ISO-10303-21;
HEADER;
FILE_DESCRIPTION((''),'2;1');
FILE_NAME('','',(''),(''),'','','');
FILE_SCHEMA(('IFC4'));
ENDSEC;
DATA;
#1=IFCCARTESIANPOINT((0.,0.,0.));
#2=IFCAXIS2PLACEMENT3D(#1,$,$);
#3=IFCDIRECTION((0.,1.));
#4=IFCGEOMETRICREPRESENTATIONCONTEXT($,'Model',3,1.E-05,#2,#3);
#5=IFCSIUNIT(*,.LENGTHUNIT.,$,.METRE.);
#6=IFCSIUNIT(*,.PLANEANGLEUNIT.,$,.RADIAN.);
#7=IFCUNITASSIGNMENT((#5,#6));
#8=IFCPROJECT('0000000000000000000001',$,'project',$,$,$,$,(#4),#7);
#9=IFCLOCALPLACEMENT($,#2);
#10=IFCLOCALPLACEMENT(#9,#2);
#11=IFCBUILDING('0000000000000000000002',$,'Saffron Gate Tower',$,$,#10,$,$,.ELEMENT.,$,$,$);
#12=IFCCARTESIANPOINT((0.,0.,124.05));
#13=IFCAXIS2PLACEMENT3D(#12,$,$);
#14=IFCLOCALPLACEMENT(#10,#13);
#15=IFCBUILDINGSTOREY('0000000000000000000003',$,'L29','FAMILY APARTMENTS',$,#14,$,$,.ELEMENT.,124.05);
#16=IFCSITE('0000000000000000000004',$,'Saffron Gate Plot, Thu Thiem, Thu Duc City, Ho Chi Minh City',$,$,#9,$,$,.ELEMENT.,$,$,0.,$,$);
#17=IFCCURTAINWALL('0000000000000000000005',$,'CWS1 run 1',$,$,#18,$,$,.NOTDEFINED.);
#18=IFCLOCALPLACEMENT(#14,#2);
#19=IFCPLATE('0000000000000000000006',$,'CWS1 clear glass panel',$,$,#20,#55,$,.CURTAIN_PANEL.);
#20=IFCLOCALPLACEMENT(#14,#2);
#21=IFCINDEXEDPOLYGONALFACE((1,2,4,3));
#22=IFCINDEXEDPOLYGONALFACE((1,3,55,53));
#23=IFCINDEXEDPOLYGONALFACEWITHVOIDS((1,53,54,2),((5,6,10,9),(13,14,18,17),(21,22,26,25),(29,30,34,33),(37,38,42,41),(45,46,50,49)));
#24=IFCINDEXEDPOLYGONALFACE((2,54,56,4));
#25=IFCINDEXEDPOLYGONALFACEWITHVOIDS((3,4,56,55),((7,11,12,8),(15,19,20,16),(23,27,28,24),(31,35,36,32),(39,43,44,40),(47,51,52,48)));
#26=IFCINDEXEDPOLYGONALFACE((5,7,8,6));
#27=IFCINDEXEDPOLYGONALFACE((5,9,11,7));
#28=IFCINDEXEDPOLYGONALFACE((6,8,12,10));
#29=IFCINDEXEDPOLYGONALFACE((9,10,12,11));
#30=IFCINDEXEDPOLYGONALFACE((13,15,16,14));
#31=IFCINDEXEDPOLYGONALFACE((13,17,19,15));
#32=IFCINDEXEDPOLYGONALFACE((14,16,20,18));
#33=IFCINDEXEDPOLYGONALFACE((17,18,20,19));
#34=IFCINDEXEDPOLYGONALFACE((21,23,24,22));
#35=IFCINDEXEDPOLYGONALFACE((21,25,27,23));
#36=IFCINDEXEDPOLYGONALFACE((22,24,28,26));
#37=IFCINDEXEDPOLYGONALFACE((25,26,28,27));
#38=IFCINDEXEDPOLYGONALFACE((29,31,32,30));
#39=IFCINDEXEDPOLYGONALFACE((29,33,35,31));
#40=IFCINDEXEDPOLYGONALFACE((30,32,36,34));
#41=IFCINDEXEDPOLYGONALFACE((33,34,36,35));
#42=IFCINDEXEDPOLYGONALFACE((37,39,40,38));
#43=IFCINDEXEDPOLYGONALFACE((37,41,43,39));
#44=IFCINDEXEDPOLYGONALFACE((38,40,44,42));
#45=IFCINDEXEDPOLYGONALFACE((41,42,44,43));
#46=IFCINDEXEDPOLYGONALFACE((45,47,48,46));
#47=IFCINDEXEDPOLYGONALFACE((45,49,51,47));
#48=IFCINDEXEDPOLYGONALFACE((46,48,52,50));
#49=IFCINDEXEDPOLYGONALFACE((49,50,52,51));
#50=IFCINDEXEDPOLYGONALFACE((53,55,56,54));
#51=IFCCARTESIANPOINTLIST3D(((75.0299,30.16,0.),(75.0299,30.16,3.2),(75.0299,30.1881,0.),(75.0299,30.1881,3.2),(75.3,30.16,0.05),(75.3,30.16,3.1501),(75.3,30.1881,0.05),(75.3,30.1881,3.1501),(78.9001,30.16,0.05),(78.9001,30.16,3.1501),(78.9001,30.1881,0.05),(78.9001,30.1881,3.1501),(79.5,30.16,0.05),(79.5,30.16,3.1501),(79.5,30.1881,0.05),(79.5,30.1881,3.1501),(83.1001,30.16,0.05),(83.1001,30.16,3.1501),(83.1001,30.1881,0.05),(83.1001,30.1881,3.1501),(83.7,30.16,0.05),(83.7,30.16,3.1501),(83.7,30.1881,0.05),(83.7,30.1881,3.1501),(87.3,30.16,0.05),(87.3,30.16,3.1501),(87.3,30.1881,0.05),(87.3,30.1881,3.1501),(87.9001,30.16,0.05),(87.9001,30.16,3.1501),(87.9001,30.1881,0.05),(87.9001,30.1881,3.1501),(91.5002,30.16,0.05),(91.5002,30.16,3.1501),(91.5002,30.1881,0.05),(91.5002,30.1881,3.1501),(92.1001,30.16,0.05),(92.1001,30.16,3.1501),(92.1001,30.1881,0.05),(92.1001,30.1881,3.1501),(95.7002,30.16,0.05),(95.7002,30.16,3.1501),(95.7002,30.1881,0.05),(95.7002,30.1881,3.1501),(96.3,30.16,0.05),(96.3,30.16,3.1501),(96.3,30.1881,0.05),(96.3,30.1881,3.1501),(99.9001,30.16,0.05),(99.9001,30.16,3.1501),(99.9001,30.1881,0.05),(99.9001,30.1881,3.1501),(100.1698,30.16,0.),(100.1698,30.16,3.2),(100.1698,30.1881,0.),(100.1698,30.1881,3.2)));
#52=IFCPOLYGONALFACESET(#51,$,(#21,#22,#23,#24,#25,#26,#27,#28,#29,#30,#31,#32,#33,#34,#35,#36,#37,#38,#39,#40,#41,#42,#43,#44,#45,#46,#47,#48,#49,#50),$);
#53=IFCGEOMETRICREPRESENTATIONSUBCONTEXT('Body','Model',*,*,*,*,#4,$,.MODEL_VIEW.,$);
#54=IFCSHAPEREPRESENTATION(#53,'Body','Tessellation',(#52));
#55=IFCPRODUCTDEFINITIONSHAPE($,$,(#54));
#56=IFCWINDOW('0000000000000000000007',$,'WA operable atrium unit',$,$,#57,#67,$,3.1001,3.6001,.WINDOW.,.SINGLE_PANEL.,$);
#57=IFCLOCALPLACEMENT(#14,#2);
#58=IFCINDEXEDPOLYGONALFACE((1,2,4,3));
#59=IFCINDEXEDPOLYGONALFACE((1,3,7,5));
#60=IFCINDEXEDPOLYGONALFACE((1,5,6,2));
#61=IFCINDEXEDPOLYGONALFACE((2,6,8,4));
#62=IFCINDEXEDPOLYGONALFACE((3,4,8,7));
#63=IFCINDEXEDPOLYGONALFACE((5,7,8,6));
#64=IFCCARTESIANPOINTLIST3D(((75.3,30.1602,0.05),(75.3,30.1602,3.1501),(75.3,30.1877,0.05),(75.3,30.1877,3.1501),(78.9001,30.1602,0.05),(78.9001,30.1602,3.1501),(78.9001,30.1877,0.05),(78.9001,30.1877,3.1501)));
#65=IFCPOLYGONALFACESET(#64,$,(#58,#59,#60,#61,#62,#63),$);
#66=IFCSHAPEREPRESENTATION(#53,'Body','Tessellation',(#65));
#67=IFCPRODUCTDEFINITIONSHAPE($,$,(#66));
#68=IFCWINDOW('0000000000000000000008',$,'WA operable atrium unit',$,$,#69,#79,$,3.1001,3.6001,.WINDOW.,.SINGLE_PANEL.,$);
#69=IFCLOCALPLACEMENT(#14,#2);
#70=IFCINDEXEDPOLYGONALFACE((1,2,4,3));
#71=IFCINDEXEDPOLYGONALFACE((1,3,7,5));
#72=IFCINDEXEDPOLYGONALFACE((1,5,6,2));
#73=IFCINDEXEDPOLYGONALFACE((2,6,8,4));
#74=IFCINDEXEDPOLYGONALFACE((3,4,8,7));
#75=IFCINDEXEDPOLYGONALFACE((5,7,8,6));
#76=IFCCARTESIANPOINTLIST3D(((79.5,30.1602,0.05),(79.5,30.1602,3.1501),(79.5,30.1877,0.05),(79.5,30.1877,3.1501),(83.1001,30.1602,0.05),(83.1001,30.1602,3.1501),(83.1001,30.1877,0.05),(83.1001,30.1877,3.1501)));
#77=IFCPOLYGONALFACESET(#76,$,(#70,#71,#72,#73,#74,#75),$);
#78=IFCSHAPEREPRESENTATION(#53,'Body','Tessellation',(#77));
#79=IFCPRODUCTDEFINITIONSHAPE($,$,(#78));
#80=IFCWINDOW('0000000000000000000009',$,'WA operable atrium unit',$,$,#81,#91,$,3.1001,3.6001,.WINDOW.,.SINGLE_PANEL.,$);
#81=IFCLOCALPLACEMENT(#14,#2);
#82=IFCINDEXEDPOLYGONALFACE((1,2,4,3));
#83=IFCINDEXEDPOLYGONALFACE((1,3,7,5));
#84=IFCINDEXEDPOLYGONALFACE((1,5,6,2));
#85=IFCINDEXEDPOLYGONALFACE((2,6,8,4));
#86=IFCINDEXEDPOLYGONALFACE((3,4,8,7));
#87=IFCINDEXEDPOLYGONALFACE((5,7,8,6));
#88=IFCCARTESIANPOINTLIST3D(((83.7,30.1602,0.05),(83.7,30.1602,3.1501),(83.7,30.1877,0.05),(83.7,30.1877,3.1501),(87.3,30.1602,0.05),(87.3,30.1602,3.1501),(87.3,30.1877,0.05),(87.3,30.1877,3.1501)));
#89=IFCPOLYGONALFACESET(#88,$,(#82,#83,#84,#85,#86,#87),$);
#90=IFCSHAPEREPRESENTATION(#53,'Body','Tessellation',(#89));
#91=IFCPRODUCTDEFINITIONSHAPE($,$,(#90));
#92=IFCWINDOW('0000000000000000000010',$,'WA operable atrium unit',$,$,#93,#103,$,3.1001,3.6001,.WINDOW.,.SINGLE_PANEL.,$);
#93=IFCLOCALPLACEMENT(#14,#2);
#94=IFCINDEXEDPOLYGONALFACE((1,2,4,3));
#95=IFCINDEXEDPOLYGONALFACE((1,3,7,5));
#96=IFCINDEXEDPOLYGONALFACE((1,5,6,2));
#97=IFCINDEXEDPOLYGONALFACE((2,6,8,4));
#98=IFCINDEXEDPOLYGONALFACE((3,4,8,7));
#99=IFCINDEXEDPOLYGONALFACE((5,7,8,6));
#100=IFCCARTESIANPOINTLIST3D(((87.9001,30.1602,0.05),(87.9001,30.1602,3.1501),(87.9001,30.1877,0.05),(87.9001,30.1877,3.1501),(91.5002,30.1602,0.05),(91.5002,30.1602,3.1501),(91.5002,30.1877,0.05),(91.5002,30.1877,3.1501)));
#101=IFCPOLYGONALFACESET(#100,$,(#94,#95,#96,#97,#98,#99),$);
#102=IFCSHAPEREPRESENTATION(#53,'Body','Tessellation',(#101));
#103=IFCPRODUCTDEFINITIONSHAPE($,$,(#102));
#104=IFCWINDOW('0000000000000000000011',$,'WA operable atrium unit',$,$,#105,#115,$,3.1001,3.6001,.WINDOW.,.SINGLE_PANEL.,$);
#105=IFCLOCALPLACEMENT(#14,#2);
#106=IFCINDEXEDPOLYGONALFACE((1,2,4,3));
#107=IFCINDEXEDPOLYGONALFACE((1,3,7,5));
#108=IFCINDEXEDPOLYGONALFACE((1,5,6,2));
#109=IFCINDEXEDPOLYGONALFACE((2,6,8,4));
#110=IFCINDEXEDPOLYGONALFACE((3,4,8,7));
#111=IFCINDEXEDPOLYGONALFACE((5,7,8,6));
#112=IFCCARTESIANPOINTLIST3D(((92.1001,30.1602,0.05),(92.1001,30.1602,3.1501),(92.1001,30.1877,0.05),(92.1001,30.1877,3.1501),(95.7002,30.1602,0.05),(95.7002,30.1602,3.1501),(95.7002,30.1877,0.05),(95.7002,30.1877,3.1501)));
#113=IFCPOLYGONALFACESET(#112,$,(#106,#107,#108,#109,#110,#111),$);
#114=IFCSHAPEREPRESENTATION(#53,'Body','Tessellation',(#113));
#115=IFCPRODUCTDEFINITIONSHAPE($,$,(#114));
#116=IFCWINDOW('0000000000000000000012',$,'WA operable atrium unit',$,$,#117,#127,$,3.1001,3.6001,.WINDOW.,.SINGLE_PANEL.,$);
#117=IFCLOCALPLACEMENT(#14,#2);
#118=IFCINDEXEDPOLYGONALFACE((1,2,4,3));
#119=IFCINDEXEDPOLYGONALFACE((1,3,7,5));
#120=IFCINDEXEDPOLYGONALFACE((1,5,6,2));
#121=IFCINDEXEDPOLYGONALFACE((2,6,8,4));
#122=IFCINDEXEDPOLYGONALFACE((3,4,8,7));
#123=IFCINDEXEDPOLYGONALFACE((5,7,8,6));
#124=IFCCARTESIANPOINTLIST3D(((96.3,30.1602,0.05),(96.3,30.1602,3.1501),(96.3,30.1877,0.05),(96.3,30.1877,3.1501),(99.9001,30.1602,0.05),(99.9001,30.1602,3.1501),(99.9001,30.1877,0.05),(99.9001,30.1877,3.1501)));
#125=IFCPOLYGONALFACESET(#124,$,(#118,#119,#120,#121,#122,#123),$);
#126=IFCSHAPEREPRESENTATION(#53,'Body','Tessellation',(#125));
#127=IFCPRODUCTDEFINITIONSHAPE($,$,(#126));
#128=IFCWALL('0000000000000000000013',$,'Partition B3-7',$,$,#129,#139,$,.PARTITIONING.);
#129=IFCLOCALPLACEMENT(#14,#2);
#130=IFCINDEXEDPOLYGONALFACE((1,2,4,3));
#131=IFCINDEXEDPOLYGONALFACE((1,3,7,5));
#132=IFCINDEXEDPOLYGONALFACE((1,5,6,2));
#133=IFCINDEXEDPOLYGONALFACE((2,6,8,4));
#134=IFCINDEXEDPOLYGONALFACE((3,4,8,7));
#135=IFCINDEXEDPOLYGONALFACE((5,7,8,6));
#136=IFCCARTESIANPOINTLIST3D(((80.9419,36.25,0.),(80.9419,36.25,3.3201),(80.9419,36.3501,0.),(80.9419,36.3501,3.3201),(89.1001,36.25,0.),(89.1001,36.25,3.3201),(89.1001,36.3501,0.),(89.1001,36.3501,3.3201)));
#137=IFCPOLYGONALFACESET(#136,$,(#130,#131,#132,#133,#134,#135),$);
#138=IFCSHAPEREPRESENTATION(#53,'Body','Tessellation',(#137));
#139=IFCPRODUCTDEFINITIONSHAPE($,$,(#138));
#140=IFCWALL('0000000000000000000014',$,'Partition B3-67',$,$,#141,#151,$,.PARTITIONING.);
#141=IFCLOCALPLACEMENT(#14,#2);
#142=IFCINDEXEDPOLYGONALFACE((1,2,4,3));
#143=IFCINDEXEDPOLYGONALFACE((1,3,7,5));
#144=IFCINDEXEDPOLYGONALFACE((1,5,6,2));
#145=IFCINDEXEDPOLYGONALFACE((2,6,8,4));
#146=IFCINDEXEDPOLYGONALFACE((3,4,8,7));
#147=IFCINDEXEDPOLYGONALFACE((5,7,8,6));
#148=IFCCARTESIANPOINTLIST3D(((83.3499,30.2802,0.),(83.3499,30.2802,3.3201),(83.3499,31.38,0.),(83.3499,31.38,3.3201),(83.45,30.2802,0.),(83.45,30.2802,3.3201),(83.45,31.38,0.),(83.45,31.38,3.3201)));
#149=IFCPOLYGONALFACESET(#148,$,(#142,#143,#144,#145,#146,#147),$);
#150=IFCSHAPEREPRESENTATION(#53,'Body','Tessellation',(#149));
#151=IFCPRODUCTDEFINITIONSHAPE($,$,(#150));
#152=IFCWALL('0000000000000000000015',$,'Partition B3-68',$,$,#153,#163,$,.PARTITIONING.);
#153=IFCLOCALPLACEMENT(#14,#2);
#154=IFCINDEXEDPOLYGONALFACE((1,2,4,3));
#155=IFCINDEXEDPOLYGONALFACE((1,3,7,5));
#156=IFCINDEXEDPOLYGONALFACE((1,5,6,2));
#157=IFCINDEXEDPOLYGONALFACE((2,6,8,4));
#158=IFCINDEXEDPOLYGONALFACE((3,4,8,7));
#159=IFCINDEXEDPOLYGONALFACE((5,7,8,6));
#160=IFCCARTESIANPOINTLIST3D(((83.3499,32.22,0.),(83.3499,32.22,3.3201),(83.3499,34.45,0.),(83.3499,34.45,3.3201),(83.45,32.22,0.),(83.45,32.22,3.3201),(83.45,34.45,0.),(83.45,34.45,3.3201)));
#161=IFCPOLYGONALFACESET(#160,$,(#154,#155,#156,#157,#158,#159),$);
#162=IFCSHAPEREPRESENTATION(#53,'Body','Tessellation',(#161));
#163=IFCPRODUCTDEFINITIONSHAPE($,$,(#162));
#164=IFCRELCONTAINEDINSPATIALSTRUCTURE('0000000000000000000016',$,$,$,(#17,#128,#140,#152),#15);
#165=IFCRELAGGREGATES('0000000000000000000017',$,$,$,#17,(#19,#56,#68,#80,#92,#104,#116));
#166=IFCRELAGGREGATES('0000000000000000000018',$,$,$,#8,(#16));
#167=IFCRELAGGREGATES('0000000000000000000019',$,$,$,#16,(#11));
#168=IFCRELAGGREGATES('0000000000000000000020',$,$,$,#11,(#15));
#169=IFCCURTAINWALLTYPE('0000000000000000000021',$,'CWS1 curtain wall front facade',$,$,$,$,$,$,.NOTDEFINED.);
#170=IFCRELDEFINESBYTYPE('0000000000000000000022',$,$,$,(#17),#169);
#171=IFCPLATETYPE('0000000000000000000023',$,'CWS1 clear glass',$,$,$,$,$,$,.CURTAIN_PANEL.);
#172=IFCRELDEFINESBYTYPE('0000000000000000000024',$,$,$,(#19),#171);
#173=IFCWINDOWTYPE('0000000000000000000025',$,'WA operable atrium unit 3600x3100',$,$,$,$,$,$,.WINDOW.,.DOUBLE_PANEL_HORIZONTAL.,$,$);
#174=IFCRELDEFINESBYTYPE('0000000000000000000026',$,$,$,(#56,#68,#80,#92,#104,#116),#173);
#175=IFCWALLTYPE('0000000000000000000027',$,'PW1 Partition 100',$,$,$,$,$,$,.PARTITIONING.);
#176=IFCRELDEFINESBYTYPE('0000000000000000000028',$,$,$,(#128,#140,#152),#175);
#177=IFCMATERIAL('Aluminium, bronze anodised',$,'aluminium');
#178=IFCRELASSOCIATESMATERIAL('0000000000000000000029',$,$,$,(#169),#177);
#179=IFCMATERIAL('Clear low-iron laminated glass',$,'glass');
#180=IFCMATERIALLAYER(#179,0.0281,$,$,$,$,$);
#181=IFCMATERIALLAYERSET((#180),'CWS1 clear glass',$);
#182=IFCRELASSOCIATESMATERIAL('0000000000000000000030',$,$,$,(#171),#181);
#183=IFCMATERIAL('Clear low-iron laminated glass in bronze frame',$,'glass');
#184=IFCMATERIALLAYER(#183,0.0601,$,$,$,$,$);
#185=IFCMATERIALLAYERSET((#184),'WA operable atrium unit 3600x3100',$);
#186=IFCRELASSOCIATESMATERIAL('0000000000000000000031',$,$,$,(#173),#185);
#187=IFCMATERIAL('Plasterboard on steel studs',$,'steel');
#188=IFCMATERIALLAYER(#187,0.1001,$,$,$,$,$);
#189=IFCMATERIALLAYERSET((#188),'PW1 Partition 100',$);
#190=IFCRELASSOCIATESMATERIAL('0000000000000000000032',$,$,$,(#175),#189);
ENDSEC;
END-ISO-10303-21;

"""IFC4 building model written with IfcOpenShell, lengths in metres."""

from ifc_helpers import new_model, si_unit, direction, frame, frame_2d, origin, place, context, subcontext, project, spatial, rectangle, extrude, material, layer, layer_set, type_object, element, fill, aggregate, save


model = new_model("IFC4")

# Units and contexts
model_context = context("Model", 3, precision=1e-05, world=origin(), true_north=direction((0.0, 1.0)))
body_context = subcontext(model_context, "Body", "Model", "MODEL_VIEW")
ifc_project = project(units=[si_unit("LENGTHUNIT", "METRE"), si_unit("PLANEANGLEUNIT", "RADIAN")], contexts=[model_context])

# Site, building, storey
site_placement = place(None, origin())
site = spatial("IfcSite", under=ifc_project, at=site_placement, Name="Saffron Gate Plot, Thu Thiem, Thu Duc City, Ho Chi Minh City", CompositionType="ELEMENT", RefElevation=0.0)
building_placement = place(site_placement, origin())
building = spatial("IfcBuilding", under=site, at=building_placement, Name="Saffron Gate Tower", CompositionType="ELEMENT")
storey_placement = place(building_placement, frame((0.0, 0.0, 124.05)))
storey = spatial("IfcBuildingStorey", under=building, at=storey_placement, Name="L29", Description="FAMILY APARTMENTS", CompositionType="ELEMENT", Elevation=124.05)

# Curtain wall, plate, openings, windows
ifc_material_1 = material(Name="Aluminium, bronze anodised", Category="aluminium")
curtain_wall_type = type_object("IfcCurtainWallType", Name="CWS1 curtain wall front facade", PredefinedType="NOTDEFINED", material=ifc_material_1)
curtain_wall_placement = place(storey_placement, origin())
curtain_wall = element("IfcCurtainWall", 1, at=curtain_wall_placement, inside=storey, type_object=curtain_wall_type, Name="CWS1 run 1", PredefinedType="NOTDEFINED")
ifc_material_2 = material(Name="Clear low-iron laminated glass", Category="glass")
ifc_layer_1 = layer(ifc_material_2, 0.0281)
ifc_layer_set_1 = layer_set([ifc_layer_1], Name="CWS1 clear glass")
plate_type = type_object("IfcPlateType", Name="CWS1 clear glass", PredefinedType="CURTAIN_PANEL", material=ifc_layer_set_1)
plate_placement = place(storey_placement, frame((75.03, 30.1741, 0.0), z_axis=(0.0, 0.0, 1.0), x_axis=(1.0, 0.0, 0.0)))
plate = element("IfcPlate", 2, at=plate_placement, type_object=plate_type, Name="CWS1 clear glass panel", PredefinedType="CURTAIN_PANEL", context=body_context, shape_type="SweptSolid", body=[
    extrude(rectangle(XDim=25.1399, YDim=0.0281, at=frame_2d((12.5698, 0.0))), origin(), (0.0, 0.0, 1.0), 3.2),
])
opening_1_placement = place(plate_placement, frame((0.27, 0.0, 0.05)))
opening_1 = element("IfcOpeningElement", 3, at=opening_1_placement, cuts=plate, PredefinedType="OPENING", context=body_context, shape_type="SweptSolid", body=[
    extrude(rectangle(XDim=3.6001, YDim=3.1001, at=frame_2d((1.8, 1.55))), frame((0.0, 0.0239, 0.0), z_axis=(0.0, -1.0, 0.0), x_axis=(1.0, 0.0, 0.0)), (0.0, 0.0, 1.0), 0.0481),
])
opening_2_placement = place(plate_placement, frame((4.47, 0.0, 0.05)))
opening_2 = element("IfcOpeningElement", 4, at=opening_2_placement, cuts=plate, PredefinedType="OPENING", context=body_context, shape_type="SweptSolid", body=[
    extrude(rectangle(XDim=3.6001, YDim=3.1001, at=frame_2d((1.8, 1.55))), frame((0.0, 0.0239, 0.0), z_axis=(0.0, -1.0, 0.0), x_axis=(1.0, 0.0, 0.0)), (0.0, 0.0, 1.0), 0.0481),
])
opening_3_placement = place(plate_placement, frame((8.6699, 0.0, 0.05)))
opening_3 = element("IfcOpeningElement", 5, at=opening_3_placement, cuts=plate, PredefinedType="OPENING", context=body_context, shape_type="SweptSolid", body=[
    extrude(rectangle(XDim=3.6001, YDim=3.1001, at=frame_2d((1.8, 1.55))), frame((0.0, 0.0239, 0.0), z_axis=(0.0, -1.0, 0.0), x_axis=(1.0, 0.0, 0.0)), (0.0, 0.0, 1.0), 0.0481),
])
opening_4_placement = place(plate_placement, frame((12.8701, 0.0, 0.05)))
opening_4 = element("IfcOpeningElement", 6, at=opening_4_placement, cuts=plate, PredefinedType="OPENING", context=body_context, shape_type="SweptSolid", body=[
    extrude(rectangle(XDim=3.6001, YDim=3.1001, at=frame_2d((1.8, 1.55))), frame((0.0, 0.0239, 0.0), z_axis=(0.0, -1.0, 0.0), x_axis=(1.0, 0.0, 0.0)), (0.0, 0.0, 1.0), 0.0481),
])
opening_5_placement = place(plate_placement, frame((17.0701, 0.0, 0.05)))
opening_5 = element("IfcOpeningElement", 7, at=opening_5_placement, cuts=plate, PredefinedType="OPENING", context=body_context, shape_type="SweptSolid", body=[
    extrude(rectangle(XDim=3.6001, YDim=3.1001, at=frame_2d((1.8, 1.55))), frame((0.0, 0.0239, 0.0), z_axis=(0.0, -1.0, 0.0), x_axis=(1.0, 0.0, 0.0)), (0.0, 0.0, 1.0), 0.0481),
])
opening_6_placement = place(plate_placement, frame((21.27, 0.0, 0.05)))
opening_6 = element("IfcOpeningElement", 8, at=opening_6_placement, cuts=plate, PredefinedType="OPENING", context=body_context, shape_type="SweptSolid", body=[
    extrude(rectangle(XDim=3.6001, YDim=3.1001, at=frame_2d((1.8, 1.55))), frame((0.0, 0.0239, 0.0), z_axis=(0.0, -1.0, 0.0), x_axis=(1.0, 0.0, 0.0)), (0.0, 0.0, 1.0), 0.0481),
])
ifc_material_3 = material(Name="Clear low-iron laminated glass in bronze frame", Category="glass")
ifc_layer_2 = layer(ifc_material_3, 0.0601)
ifc_layer_set_2 = layer_set([ifc_layer_2], Name="WA operable atrium unit 3600x3100")
window_type = type_object("IfcWindowType", Name="WA operable atrium unit 3600x3100", PartitioningType="DOUBLE_PANEL_HORIZONTAL", PredefinedType="WINDOW", material=ifc_layer_set_2)
window_1_placement = place(opening_1_placement, origin())
window_1 = element("IfcWindow", 9, at=window_1_placement, type_object=window_type, Name="WA operable atrium unit", OverallHeight=3.1001, OverallWidth=3.6001, PartitioningType="SINGLE_PANEL", PredefinedType="WINDOW", context=body_context, shape_type="SweptSolid", body=[
    extrude(rectangle(XDim=3.6001, YDim=3.1001, at=frame_2d((1.8, 1.55))), frame((0.0, 0.0137, 0.0), z_axis=(0.0, -1.0, 0.0), x_axis=(1.0, 0.0, 0.0)), (0.0, 0.0, 1.0), 0.0276),
])
fill(opening_1, window_1)
window_2_placement = place(opening_2_placement, origin())
window_2 = element("IfcWindow", 10, at=window_2_placement, type_object=window_type, Name="WA operable atrium unit", OverallHeight=3.1001, OverallWidth=3.6001, PartitioningType="SINGLE_PANEL", PredefinedType="WINDOW", context=body_context, shape_type="SweptSolid", body=[
    extrude(rectangle(XDim=3.6001, YDim=3.1001, at=frame_2d((1.8, 1.55))), frame((0.0, 0.0137, 0.0), z_axis=(0.0, -1.0, 0.0), x_axis=(1.0, 0.0, 0.0)), (0.0, 0.0, 1.0), 0.0276),
])
fill(opening_2, window_2)
window_3_placement = place(opening_3_placement, origin())
window_3 = element("IfcWindow", 11, at=window_3_placement, type_object=window_type, Name="WA operable atrium unit", OverallHeight=3.1001, OverallWidth=3.6001, PartitioningType="SINGLE_PANEL", PredefinedType="WINDOW", context=body_context, shape_type="SweptSolid", body=[
    extrude(rectangle(XDim=3.6001, YDim=3.1001, at=frame_2d((1.8, 1.55))), frame((0.0, 0.0137, 0.0), z_axis=(0.0, -1.0, 0.0), x_axis=(1.0, 0.0, 0.0)), (0.0, 0.0, 1.0), 0.0276),
])
fill(opening_3, window_3)
window_4_placement = place(opening_4_placement, origin())
window_4 = element("IfcWindow", 12, at=window_4_placement, type_object=window_type, Name="WA operable atrium unit", OverallHeight=3.1001, OverallWidth=3.6001, PartitioningType="SINGLE_PANEL", PredefinedType="WINDOW", context=body_context, shape_type="SweptSolid", body=[
    extrude(rectangle(XDim=3.6001, YDim=3.1001, at=frame_2d((1.8, 1.55))), frame((0.0, 0.0137, 0.0), z_axis=(0.0, -1.0, 0.0), x_axis=(1.0, 0.0, 0.0)), (0.0, 0.0, 1.0), 0.0276),
])
fill(opening_4, window_4)
window_5_placement = place(opening_5_placement, origin())
window_5 = element("IfcWindow", 13, at=window_5_placement, type_object=window_type, Name="WA operable atrium unit", OverallHeight=3.1001, OverallWidth=3.6001, PartitioningType="SINGLE_PANEL", PredefinedType="WINDOW", context=body_context, shape_type="SweptSolid", body=[
    extrude(rectangle(XDim=3.6001, YDim=3.1001, at=frame_2d((1.8, 1.55))), frame((0.0, 0.0137, 0.0), z_axis=(0.0, -1.0, 0.0), x_axis=(1.0, 0.0, 0.0)), (0.0, 0.0, 1.0), 0.0276),
])
fill(opening_5, window_5)
window_6_placement = place(opening_6_placement, origin())
window_6 = element("IfcWindow", 14, at=window_6_placement, type_object=window_type, Name="WA operable atrium unit", OverallHeight=3.1001, OverallWidth=3.6001, PartitioningType="SINGLE_PANEL", PredefinedType="WINDOW", context=body_context, shape_type="SweptSolid", body=[
    extrude(rectangle(XDim=3.6001, YDim=3.1001, at=frame_2d((1.8, 1.55))), frame((0.0, 0.0137, 0.0), z_axis=(0.0, -1.0, 0.0), x_axis=(1.0, 0.0, 0.0)), (0.0, 0.0, 1.0), 0.0276),
])
fill(opening_6, window_6)
aggregate(curtain_wall, [plate, window_1, window_2, window_3, window_4, window_5, window_6])

# Walls
ifc_material_4 = material(Name="Plasterboard on steel studs", Category="steel")
ifc_layer_3 = layer(ifc_material_4, 0.1001)
ifc_layer_set_3 = layer_set([ifc_layer_3], Name="PW1 Partition 100")
wall_type_1 = type_object("IfcWallType", Name="PW1 Partition 100", PredefinedType="PARTITIONING", material=ifc_layer_set_3)
wall_1_placement = place(storey_placement, frame((80.9419, 36.3, 0.0), z_axis=(0.0, 0.0, 1.0), x_axis=(1.0, 0.0, 0.0)))
element("IfcWall", 15, at=wall_1_placement, inside=storey, type_object=wall_type_1, Name="Partition B3-7", PredefinedType="PARTITIONING", context=body_context, shape_type="SweptSolid", body=[
    extrude(rectangle(XDim=8.1582, YDim=0.1001, at=frame_2d((4.0791, 0.0))), origin(), (0.0, 0.0, 1.0), 3.3201),
])
wall_2_placement = place(storey_placement, frame((83.3999, 31.3799, 0.0), z_axis=(0.0, 0.0, 1.0), x_axis=(0.0, -1.0, 0.0)))
element("IfcWall", 16, at=wall_2_placement, inside=storey, type_object=wall_type_1, Name="Partition B3-67", PredefinedType="PARTITIONING", context=body_context, shape_type="SweptSolid", body=[
    extrude(rectangle(XDim=1.0999, YDim=0.1001, at=frame_2d((0.5498, 0.0))), origin(), (0.0, 0.0, 1.0), 3.3201),
])
wall_3_placement = place(storey_placement, frame((83.3999, 34.45, 0.0), z_axis=(0.0, 0.0, 1.0), x_axis=(0.0, -1.0, 0.0)))
element("IfcWall", 17, at=wall_3_placement, inside=storey, type_object=wall_type_1, Name="Partition B3-68", PredefinedType="PARTITIONING", context=body_context, shape_type="SweptSolid", body=[
    extrude(rectangle(XDim=2.23, YDim=0.1001, at=frame_2d((1.115, 0.0))), origin(), (0.0, 0.0, 1.0), 3.3201),
])

save(model, "model.ifc")
